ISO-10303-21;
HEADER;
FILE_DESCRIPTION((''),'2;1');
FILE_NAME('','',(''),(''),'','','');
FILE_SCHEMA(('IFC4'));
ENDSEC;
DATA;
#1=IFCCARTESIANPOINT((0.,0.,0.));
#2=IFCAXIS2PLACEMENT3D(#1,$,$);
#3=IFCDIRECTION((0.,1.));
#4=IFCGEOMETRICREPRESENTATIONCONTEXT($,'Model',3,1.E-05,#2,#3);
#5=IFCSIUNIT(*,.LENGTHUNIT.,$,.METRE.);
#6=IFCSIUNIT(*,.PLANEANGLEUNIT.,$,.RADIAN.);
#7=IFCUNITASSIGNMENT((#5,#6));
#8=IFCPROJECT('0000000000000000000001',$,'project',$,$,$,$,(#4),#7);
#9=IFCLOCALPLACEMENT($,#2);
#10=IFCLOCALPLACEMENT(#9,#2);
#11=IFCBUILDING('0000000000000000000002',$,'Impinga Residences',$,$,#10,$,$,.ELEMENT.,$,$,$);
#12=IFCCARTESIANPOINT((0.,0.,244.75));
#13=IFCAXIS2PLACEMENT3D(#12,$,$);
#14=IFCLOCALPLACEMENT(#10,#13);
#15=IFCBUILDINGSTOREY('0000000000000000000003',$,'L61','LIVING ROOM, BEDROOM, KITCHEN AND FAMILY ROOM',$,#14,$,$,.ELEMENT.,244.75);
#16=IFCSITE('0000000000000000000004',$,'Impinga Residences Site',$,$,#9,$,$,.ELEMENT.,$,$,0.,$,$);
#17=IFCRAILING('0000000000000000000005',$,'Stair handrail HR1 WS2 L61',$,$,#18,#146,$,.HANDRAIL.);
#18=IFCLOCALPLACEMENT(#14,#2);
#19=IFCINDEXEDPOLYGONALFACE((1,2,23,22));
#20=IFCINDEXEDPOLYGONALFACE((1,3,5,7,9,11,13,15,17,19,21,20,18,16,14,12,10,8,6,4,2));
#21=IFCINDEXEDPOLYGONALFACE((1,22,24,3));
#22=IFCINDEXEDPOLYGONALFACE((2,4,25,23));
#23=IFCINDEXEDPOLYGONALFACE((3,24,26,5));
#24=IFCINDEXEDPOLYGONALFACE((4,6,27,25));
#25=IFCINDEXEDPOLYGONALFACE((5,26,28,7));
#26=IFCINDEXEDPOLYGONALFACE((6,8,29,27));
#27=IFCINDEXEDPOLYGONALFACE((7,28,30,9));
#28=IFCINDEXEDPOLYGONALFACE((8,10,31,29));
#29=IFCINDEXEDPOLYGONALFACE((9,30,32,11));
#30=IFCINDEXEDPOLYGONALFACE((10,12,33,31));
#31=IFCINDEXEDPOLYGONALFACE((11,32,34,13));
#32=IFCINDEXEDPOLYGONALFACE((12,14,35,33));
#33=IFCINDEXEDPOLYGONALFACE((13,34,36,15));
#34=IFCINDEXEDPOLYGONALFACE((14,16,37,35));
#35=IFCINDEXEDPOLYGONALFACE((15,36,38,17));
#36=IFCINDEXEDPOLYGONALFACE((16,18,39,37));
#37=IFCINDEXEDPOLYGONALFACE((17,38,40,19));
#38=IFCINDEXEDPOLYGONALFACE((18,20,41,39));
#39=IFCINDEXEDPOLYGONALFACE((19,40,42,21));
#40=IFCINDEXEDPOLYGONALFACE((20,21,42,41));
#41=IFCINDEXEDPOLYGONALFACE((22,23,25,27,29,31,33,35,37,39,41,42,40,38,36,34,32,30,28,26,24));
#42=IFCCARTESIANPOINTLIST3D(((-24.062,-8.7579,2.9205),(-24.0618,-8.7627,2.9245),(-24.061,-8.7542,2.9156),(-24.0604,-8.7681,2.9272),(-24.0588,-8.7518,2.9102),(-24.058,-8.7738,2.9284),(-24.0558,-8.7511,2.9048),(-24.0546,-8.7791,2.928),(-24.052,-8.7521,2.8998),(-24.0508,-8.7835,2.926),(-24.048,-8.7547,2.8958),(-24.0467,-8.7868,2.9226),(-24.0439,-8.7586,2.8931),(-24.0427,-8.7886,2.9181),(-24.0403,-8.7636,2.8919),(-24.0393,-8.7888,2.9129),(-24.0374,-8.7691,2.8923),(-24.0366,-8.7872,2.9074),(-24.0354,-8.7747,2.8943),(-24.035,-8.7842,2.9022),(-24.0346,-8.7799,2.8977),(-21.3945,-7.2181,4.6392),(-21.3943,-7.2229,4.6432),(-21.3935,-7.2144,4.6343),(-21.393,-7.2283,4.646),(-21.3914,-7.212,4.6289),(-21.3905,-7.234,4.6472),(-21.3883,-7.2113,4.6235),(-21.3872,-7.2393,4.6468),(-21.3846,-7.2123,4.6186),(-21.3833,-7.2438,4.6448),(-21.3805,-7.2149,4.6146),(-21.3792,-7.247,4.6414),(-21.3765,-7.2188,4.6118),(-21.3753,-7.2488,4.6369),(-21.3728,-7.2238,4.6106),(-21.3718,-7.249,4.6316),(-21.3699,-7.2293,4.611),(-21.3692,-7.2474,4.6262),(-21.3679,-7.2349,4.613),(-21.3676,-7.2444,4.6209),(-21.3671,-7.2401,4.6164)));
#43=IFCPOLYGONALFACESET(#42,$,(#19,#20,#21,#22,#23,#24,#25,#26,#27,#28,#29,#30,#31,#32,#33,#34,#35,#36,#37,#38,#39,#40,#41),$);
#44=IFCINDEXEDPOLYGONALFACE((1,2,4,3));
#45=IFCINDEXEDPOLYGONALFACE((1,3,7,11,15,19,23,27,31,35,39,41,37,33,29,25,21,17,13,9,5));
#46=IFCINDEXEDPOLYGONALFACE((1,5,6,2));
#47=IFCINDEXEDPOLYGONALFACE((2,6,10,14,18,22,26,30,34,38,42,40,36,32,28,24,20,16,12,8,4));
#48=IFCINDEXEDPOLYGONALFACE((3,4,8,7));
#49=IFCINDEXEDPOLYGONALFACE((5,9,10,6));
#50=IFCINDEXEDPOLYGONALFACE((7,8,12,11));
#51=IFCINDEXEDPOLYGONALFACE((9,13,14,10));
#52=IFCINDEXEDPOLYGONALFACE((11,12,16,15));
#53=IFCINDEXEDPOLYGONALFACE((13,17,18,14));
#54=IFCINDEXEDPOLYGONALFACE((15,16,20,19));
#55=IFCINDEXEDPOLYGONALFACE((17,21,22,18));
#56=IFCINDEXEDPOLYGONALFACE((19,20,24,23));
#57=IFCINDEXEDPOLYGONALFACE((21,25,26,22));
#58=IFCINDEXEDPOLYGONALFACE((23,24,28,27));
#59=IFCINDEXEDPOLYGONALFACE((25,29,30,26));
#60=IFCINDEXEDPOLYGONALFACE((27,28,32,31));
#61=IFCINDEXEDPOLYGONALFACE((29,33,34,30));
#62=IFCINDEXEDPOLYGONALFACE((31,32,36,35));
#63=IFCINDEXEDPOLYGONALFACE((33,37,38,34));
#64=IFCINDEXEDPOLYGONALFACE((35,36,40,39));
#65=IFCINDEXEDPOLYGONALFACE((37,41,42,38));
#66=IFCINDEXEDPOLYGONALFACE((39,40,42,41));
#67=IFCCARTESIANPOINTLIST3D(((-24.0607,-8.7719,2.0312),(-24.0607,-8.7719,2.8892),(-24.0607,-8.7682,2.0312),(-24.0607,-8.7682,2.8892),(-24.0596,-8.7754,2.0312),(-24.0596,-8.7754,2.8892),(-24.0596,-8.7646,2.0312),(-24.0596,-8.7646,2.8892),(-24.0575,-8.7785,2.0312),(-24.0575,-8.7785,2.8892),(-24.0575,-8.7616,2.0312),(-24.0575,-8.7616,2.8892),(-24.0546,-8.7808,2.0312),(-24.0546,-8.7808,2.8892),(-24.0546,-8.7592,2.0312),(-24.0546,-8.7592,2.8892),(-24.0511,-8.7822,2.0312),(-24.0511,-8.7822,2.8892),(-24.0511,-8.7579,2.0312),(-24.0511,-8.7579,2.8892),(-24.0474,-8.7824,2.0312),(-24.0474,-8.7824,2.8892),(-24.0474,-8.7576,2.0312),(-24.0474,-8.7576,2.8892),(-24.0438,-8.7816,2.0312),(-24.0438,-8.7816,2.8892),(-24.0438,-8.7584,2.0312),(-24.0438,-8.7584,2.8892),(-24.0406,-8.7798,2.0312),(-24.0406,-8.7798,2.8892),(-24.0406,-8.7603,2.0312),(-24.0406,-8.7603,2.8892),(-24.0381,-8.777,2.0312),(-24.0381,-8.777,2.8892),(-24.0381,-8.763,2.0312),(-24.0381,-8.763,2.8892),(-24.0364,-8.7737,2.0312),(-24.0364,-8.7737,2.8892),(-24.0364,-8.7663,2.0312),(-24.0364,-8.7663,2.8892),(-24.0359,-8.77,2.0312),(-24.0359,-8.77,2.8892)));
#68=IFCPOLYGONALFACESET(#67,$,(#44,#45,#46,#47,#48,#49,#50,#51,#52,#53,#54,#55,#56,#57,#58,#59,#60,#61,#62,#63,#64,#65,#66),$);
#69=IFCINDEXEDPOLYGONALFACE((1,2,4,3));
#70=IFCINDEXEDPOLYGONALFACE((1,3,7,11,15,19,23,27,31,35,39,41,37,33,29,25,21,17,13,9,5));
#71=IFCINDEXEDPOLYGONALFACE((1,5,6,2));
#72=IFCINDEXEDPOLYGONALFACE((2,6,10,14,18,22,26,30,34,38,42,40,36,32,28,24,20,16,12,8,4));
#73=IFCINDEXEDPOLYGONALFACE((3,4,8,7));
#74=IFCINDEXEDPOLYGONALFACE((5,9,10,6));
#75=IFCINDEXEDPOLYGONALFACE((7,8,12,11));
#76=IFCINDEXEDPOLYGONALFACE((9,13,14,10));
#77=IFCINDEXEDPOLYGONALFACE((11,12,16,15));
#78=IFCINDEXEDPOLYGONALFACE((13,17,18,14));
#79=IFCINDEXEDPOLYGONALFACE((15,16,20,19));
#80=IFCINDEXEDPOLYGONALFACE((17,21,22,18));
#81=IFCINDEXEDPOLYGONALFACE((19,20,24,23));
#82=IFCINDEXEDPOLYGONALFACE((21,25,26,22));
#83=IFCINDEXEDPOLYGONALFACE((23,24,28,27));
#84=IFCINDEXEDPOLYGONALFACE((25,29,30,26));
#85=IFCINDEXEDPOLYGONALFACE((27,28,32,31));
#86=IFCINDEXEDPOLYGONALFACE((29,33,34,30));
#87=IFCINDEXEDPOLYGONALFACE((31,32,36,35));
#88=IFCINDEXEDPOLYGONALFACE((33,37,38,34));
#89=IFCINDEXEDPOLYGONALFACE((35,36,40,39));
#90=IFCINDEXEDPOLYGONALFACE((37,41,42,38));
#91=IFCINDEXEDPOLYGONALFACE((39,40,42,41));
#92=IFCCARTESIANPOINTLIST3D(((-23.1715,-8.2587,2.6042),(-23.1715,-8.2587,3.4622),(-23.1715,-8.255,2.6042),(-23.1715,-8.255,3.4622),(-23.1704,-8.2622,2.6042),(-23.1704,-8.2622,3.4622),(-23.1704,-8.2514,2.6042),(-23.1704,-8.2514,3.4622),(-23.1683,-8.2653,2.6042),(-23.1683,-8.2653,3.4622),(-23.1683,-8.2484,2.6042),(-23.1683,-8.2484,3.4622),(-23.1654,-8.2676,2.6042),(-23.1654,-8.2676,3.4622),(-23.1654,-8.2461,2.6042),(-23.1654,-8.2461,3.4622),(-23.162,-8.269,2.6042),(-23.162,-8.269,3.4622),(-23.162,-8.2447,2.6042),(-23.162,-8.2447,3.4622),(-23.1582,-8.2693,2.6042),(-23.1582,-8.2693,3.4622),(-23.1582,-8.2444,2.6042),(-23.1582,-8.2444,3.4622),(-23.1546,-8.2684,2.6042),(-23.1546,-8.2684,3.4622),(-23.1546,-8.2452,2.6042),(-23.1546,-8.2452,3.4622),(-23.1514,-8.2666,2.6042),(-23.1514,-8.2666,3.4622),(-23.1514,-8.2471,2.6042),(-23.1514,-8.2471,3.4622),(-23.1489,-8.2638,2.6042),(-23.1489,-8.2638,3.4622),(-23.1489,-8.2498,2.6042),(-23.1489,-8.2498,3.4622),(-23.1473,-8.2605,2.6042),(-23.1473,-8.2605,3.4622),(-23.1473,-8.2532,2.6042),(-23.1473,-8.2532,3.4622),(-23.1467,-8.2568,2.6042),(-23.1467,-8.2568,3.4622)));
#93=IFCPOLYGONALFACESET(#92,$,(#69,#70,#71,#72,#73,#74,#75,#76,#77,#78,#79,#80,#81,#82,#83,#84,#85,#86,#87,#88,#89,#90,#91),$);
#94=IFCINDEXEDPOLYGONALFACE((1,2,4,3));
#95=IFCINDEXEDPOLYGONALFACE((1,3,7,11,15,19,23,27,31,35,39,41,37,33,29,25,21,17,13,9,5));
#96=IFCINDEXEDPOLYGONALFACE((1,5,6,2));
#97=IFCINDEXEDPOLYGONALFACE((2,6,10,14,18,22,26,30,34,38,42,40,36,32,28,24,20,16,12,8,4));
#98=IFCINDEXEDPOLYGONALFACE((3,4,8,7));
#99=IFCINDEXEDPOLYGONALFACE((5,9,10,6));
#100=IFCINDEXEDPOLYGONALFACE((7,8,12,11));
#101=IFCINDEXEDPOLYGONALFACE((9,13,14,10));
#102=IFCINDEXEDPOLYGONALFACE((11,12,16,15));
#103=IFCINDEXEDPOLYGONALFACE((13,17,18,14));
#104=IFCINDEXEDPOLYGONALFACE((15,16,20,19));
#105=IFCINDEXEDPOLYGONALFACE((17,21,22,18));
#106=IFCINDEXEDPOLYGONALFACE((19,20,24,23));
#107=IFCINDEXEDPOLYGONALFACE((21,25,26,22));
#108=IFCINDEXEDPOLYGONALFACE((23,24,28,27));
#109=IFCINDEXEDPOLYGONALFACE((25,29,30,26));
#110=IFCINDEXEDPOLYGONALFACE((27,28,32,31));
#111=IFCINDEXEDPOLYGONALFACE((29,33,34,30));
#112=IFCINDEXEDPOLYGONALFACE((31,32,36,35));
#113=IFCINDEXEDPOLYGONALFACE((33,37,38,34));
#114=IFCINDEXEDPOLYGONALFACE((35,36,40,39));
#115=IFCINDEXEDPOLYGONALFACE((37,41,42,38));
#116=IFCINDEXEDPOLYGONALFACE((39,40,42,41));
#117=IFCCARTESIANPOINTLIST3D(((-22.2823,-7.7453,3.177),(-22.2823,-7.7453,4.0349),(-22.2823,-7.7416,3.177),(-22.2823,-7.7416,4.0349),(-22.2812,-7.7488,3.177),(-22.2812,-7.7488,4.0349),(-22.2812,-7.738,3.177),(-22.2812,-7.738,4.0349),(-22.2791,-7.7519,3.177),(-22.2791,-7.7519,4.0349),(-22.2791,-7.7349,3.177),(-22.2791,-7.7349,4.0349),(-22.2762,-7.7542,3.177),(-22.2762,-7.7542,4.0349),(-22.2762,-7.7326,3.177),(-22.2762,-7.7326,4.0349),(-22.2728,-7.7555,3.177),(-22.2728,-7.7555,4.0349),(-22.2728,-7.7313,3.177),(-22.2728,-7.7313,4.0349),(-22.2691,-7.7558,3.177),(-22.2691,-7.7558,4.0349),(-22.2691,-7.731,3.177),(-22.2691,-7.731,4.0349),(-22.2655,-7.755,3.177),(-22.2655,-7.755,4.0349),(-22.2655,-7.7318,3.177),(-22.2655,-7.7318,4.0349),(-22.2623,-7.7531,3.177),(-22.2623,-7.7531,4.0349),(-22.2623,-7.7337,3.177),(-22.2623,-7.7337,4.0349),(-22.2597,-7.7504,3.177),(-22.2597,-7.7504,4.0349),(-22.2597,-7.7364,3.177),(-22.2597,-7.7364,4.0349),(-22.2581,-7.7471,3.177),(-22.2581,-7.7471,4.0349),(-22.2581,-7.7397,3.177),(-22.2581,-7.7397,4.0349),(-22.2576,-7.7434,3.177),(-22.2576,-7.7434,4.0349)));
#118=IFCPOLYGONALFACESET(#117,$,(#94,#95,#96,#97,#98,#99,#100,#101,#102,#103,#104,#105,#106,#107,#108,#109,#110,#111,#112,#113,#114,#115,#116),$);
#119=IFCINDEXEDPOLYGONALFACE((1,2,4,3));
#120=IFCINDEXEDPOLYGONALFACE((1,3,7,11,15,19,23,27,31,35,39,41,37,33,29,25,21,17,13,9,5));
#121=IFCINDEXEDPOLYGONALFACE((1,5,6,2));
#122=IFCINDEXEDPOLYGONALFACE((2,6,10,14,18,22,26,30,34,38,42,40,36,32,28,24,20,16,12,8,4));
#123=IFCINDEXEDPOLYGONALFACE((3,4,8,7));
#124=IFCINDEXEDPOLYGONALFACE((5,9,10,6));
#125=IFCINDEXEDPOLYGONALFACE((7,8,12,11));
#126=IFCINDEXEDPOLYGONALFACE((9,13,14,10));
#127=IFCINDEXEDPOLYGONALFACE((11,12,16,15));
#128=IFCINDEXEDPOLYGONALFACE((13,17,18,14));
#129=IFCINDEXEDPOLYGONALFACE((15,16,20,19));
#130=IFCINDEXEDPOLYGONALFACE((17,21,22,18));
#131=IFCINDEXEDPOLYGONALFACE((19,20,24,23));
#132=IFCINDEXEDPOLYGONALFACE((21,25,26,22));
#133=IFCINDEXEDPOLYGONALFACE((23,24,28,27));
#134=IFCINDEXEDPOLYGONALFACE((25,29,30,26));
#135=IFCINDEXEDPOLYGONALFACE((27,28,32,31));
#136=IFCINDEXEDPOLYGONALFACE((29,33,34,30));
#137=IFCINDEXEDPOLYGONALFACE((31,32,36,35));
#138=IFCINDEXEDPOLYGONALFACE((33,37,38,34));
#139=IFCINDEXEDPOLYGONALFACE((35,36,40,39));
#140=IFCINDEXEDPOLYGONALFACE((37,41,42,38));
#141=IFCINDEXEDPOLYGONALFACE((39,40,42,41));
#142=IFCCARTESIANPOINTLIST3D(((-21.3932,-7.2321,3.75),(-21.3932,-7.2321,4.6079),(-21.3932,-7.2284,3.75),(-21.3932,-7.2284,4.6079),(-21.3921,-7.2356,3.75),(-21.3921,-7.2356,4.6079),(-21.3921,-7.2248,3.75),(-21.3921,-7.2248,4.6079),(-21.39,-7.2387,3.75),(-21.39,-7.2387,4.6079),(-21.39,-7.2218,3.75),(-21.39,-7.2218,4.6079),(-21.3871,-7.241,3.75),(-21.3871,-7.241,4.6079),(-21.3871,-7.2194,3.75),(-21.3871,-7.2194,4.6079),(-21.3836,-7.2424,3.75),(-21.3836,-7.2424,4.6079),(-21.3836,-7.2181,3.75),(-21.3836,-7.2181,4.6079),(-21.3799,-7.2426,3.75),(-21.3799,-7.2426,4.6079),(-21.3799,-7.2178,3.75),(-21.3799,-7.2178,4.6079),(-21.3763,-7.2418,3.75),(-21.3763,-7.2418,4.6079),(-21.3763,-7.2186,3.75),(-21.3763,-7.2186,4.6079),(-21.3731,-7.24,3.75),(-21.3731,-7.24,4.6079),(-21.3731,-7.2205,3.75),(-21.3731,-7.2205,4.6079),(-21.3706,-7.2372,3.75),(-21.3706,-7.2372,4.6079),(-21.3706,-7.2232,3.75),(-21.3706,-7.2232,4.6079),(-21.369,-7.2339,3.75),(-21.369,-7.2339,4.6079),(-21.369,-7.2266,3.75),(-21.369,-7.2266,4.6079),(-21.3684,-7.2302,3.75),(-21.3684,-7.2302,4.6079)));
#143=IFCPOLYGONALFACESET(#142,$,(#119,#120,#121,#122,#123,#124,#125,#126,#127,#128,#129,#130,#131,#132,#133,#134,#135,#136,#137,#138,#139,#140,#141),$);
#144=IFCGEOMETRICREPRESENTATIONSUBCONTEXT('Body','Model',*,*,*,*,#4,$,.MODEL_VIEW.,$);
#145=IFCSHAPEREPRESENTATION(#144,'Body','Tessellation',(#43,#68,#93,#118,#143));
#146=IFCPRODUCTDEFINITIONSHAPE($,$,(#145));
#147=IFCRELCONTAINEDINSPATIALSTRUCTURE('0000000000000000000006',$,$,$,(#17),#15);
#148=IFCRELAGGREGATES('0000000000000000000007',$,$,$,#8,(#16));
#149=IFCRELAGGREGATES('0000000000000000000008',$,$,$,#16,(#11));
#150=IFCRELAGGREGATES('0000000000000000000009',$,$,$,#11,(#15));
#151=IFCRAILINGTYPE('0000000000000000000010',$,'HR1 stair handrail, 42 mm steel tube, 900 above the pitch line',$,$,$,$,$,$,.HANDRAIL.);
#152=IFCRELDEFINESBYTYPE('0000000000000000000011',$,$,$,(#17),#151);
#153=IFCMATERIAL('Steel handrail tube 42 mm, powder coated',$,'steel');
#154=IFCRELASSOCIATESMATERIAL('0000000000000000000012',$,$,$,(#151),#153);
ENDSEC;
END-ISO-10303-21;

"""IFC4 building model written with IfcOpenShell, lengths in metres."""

from ifc_helpers import new_model, si_unit, direction, frame, origin, origin_2d, place, context, subcontext, project, spatial, circle, extrude, material, type_object, element, save


model = new_model("IFC4")

# Units and contexts
model_context = context("Model", 3, precision=1e-05, world=origin(), true_north=direction((0.0, 1.0)))
body_context = subcontext(model_context, "Body", "Model", "MODEL_VIEW")
ifc_project = project(units=[si_unit("LENGTHUNIT", "METRE"), si_unit("PLANEANGLEUNIT", "RADIAN")], contexts=[model_context])

# Site, building, storey
site_placement = place(None, origin())
site = spatial("IfcSite", under=ifc_project, at=site_placement, Name="Impinga Residences Site", CompositionType="ELEMENT", RefElevation=0.0)
building_placement = place(site_placement, origin())
building = spatial("IfcBuilding", under=site, at=building_placement, Name="Impinga Residences", CompositionType="ELEMENT")
storey_placement = place(building_placement, frame((0.0, 0.0, 244.75)))
storey = spatial("IfcBuildingStorey", under=building, at=storey_placement, Name="L61", Description="LIVING ROOM, BEDROOM, KITCHEN AND FAMILY ROOM", CompositionType="ELEMENT", Elevation=244.75)

# Railing
ifc_material_1 = material(Name="Steel handrail tube 42 mm, powder coated", Category="steel")
railing_type = type_object("IfcRailingType", Name="HR1 stair handrail, 42 mm steel tube, 900 above the pitch line", PredefinedType="HANDRAIL", material=ifc_material_1)
railing_1_placement = place(storey_placement, frame((-24.0483, -8.77, 2.0312)))
element("IfcRailing", 1, at=railing_1_placement, inside=storey, type_object=railing_type, Name="Stair handrail HR1 WS2 L61", PredefinedType="HANDRAIL", context=body_context, shape_type="SweptSolid", body=[
    extrude(circle(Radius=0.021, at=origin_2d()), frame((0.0, 0.0, 0.8789), z_axis=(0.756279, 0.43656, 0.487297), x_axis=(-0.499933, 0.866064, 0.0)), (0.0, 0.0, 1.0), 3.5271),
    extrude(circle(Radius=0.0125, at=origin_2d()), origin(), (0.0, 0.0, 1.0), 0.8579),
    extrude(circle(Radius=0.0125, at=origin_2d()), frame((0.8892, 0.5132, 0.573)), (0.0, 0.0, 1.0), 0.8579),
    extrude(circle(Radius=0.0125, at=origin_2d()), frame((1.7783, 1.0266, 1.1458)), (0.0, 0.0, 1.0), 0.8579),
    extrude(circle(Radius=0.0125, at=origin_2d()), frame((2.6675, 1.5398, 1.7188)), (0.0, 0.0, 1.0), 0.8579),
])

save(model, "model.ifc")
